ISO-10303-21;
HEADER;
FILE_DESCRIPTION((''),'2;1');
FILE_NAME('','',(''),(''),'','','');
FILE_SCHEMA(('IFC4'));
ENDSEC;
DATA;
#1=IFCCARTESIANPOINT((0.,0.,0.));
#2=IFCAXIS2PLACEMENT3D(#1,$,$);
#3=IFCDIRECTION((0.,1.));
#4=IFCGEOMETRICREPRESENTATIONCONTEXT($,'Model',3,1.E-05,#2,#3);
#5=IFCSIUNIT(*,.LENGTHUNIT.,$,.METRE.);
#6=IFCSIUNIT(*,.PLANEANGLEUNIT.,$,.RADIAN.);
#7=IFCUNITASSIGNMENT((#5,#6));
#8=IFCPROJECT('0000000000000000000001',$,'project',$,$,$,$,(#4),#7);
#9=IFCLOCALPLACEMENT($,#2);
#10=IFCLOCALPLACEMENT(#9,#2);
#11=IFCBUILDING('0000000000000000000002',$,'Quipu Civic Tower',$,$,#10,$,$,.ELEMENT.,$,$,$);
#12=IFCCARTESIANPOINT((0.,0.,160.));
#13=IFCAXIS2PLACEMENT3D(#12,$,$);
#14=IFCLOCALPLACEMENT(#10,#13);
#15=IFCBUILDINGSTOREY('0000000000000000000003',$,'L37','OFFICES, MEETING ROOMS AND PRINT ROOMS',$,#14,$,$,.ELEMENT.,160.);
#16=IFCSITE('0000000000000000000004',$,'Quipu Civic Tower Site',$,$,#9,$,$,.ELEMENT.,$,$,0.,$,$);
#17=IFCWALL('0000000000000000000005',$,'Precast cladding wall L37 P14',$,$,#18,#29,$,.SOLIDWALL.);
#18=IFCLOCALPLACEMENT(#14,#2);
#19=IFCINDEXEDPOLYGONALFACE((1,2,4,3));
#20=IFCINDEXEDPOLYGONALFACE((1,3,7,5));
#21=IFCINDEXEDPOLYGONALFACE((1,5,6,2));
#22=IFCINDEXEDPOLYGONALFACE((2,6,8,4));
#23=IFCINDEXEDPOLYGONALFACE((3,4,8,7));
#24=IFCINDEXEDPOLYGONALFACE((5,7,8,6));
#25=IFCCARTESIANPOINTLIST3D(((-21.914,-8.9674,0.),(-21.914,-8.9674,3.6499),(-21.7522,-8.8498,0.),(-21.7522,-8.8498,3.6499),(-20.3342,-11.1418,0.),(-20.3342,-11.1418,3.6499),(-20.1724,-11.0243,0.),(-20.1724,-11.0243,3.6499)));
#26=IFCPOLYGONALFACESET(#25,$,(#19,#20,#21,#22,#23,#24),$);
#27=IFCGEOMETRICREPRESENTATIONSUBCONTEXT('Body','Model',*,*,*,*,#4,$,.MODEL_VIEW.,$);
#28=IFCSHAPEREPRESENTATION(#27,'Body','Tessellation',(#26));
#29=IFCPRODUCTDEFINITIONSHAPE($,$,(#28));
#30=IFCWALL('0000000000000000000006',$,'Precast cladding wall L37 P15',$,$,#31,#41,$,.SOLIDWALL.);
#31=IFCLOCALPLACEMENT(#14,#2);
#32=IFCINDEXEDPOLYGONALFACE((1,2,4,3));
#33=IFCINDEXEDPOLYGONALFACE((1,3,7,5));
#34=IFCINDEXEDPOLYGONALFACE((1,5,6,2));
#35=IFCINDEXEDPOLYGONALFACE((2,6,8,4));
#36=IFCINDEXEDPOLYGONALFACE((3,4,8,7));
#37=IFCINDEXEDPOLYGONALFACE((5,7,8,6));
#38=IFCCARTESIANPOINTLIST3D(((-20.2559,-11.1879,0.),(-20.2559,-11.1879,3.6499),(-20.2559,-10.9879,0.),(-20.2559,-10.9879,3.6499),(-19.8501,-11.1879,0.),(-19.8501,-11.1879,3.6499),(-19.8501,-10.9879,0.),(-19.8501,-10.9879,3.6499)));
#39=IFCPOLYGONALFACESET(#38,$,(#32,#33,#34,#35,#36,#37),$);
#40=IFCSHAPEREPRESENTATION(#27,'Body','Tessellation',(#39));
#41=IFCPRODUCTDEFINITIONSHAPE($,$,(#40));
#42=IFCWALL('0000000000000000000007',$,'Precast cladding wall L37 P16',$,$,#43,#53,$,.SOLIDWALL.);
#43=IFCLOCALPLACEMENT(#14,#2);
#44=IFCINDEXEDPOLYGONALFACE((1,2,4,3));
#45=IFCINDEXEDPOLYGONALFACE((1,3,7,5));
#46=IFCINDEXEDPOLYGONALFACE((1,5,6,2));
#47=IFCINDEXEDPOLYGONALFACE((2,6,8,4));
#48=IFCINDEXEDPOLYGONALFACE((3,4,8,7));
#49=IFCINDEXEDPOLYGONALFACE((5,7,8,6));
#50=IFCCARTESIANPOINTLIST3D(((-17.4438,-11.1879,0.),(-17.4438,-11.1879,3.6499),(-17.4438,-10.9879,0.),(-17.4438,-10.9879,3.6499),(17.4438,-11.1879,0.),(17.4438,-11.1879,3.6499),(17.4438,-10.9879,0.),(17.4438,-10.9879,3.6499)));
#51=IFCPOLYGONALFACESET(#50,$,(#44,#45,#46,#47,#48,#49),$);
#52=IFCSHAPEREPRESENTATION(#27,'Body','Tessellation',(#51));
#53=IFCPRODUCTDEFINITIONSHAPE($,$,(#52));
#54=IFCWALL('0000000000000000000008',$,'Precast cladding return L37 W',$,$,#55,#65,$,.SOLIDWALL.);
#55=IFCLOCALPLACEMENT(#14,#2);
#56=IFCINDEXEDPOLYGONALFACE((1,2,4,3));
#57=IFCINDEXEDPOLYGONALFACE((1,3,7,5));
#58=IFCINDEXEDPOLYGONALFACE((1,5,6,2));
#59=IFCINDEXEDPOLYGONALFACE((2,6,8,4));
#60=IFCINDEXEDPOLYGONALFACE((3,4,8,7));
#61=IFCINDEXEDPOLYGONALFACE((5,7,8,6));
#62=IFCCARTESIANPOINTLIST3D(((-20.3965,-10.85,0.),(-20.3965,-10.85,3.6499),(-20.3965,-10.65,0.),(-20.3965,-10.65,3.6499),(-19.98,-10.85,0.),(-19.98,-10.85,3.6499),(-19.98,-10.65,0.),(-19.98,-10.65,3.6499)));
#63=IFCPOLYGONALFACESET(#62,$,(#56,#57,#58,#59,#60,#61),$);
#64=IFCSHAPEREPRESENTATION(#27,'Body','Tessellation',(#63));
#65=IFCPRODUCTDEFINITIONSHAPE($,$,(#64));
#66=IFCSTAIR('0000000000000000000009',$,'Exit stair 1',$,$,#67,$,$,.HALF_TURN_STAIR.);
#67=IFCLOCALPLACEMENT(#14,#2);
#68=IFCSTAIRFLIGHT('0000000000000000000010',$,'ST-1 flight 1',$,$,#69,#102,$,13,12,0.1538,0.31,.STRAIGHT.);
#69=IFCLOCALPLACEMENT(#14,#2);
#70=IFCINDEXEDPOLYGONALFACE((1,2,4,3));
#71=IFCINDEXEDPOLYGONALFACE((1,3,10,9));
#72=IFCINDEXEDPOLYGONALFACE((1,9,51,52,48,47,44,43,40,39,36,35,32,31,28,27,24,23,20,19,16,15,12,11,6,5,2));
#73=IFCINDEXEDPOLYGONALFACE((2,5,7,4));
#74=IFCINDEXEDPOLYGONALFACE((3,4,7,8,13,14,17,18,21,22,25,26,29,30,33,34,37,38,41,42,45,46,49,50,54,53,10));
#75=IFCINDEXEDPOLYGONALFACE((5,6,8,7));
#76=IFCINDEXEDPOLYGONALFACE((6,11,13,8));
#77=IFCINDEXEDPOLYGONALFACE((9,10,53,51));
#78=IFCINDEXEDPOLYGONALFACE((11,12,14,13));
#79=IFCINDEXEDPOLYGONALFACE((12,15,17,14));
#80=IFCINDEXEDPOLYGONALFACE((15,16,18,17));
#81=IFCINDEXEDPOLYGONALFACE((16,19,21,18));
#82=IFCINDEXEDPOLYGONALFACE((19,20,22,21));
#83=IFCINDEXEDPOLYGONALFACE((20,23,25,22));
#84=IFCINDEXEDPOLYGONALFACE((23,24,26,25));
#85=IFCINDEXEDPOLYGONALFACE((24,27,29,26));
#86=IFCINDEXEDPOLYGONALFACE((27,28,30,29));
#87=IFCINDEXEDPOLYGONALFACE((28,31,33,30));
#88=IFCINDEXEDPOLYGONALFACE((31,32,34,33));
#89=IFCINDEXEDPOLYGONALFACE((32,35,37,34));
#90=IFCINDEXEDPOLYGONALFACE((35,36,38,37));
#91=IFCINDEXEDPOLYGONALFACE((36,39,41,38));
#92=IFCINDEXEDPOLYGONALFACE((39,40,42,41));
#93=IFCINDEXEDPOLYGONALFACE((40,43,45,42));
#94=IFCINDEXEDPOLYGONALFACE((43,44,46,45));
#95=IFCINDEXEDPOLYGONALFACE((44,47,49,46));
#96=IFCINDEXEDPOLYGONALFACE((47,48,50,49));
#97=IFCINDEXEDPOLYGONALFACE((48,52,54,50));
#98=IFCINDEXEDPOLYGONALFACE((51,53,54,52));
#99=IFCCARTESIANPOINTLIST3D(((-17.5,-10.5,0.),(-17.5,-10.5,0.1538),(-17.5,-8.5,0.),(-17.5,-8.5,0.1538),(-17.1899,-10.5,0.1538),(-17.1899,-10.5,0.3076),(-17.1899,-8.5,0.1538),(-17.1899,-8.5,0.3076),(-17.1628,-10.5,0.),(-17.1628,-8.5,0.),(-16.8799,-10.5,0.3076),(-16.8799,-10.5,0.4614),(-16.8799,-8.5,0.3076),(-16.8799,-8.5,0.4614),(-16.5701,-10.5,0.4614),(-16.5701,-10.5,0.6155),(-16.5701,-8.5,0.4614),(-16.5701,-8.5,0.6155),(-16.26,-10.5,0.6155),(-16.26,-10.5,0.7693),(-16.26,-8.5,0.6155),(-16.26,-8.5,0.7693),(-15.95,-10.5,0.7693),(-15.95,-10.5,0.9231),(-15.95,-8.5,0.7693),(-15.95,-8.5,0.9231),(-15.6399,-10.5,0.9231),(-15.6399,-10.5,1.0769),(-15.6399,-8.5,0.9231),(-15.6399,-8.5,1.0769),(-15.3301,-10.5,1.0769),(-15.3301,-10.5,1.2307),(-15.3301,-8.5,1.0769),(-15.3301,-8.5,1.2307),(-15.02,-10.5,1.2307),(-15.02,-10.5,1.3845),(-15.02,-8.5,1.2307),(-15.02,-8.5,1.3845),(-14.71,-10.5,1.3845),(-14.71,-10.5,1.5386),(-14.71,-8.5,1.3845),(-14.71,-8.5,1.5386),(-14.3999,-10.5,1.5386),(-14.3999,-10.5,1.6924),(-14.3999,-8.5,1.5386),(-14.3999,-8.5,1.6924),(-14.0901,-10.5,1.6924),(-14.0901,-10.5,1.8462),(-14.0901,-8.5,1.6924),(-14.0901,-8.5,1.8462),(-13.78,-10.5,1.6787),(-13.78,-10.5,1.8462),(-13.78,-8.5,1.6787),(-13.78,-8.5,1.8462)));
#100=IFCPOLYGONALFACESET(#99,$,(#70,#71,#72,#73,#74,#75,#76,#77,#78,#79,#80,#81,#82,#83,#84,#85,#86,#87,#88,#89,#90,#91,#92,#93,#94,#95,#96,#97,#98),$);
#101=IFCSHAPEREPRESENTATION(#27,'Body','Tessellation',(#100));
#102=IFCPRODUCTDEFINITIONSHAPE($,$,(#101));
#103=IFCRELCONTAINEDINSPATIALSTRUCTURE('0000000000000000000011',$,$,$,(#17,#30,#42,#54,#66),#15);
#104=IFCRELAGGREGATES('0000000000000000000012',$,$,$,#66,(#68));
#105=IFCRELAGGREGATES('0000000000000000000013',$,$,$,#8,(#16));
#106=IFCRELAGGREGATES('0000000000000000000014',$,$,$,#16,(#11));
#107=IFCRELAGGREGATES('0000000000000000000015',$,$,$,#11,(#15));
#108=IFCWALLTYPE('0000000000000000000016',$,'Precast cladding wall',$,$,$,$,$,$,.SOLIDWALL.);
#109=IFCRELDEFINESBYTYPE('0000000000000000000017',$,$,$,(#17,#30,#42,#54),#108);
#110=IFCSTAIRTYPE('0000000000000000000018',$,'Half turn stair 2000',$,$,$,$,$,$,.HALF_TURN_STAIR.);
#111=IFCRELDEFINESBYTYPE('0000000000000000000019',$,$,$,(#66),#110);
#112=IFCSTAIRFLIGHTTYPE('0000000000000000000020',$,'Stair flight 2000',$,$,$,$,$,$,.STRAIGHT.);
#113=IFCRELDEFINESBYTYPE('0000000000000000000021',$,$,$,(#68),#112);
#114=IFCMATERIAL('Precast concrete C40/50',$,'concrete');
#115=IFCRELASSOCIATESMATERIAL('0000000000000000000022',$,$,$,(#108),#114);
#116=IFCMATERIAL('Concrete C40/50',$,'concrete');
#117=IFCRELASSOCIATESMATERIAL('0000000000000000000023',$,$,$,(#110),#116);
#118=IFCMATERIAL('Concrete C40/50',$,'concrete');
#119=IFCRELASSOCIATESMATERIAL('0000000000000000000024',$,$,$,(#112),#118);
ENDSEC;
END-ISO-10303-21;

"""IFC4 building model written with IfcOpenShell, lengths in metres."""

from ifc_helpers import new_model, si_unit, direction, frame, frame_2d, origin, place, context, subcontext, project, spatial, polyline, rectangle, outline, extrude, material, type_object, element, aggregate, save


model = new_model("IFC4")

# Units and contexts
model_context = context("Model", 3, precision=1e-05, world=origin(), true_north=direction((0.0, 1.0)))
body_context = subcontext(model_context, "Body", "Model", "MODEL_VIEW")
ifc_project = project(units=[si_unit("LENGTHUNIT", "METRE"), si_unit("PLANEANGLEUNIT", "RADIAN")], contexts=[model_context])

# Site, building, storey
site_placement = place(None, origin())
site = spatial("IfcSite", under=ifc_project, at=site_placement, Name="Quipu Civic Tower Site", CompositionType="ELEMENT", RefElevation=0.0)
building_placement = place(site_placement, origin())
building = spatial("IfcBuilding", under=site, at=building_placement, Name="Quipu Civic Tower", CompositionType="ELEMENT")
storey_placement = place(building_placement, frame((0.0, 0.0, 160.0)))
storey = spatial("IfcBuildingStorey", under=building, at=storey_placement, Name="L37", Description="OFFICES, MEETING ROOMS AND PRINT ROOMS", CompositionType="ELEMENT", Elevation=160.0)

# Walls
ifc_material_1 = material(Name="Precast concrete C40/50", Category="concrete")
wall_type_1 = type_object("IfcWallType", Name="Precast cladding wall", PredefinedType="SOLIDWALL", material=ifc_material_1)
wall_1_placement = place(storey_placement, frame((-21.833, -8.9087, 0.0), z_axis=(0.0, 0.0, 1.0), x_axis=(0.587767, -0.809031, 0.0)))
element("IfcWall", 1, at=wall_1_placement, inside=storey, type_object=wall_type_1, Name="Precast cladding wall L37 P14", PredefinedType="SOLIDWALL", context=body_context, shape_type="SweptSolid", body=[
    extrude(rectangle(XDim=2.6877, YDim=0.2, at=frame_2d((1.3438, 0.0))), origin(), (0.0, 0.0, 1.0), 3.6499),
])
wall_2_placement = place(storey_placement, frame((-20.2559, -11.0879, 0.0), z_axis=(0.0, 0.0, 1.0), x_axis=(1.0, 0.0, 0.0)))
element("IfcWall", 2, at=wall_2_placement, inside=storey, type_object=wall_type_1, Name="Precast cladding wall L37 P15", PredefinedType="SOLIDWALL", context=body_context, shape_type="SweptSolid", body=[
    extrude(rectangle(XDim=0.4058, YDim=0.2, at=frame_2d((0.2029, 0.0))), origin(), (0.0, 0.0, 1.0), 3.6499),
])
wall_3_placement = place(storey_placement, frame((-17.4438, -11.0879, 0.0), z_axis=(0.0, 0.0, 1.0), x_axis=(1.0, 0.0, 0.0)))
element("IfcWall", 3, at=wall_3_placement, inside=storey, type_object=wall_type_1, Name="Precast cladding wall L37 P16", PredefinedType="SOLIDWALL", context=body_context, shape_type="SweptSolid", body=[
    extrude(rectangle(XDim=34.8877, YDim=0.2, at=frame_2d((17.4438, 0.0))), origin(), (0.0, 0.0, 1.0), 3.6499),
])
wall_4_placement = place(storey_placement, frame((-19.98, -10.75, 0.0), z_axis=(0.0, 0.0, 1.0), x_axis=(-1.0, 0.0, 0.0)))
element("IfcWall", 4, at=wall_4_placement, inside=storey, type_object=wall_type_1, Name="Precast cladding return L37 W", PredefinedType="SOLIDWALL", context=body_context, shape_type="SweptSolid", body=[
    extrude(rectangle(XDim=0.4165, YDim=0.2, at=frame_2d((0.2083, 0.0))), origin(), (0.0, 0.0, 1.0), 3.6499),
])

# Stair, stair flight
ifc_material_2 = material(Name="Concrete C40/50", Category="concrete")
stair_type = type_object("IfcStairType", Name="Half turn stair 2000", PredefinedType="HALF_TURN_STAIR", material=ifc_material_2)
stair_placement = place(storey_placement, origin())
stair = element("IfcStair", 5, at=stair_placement, inside=storey, type_object=stair_type, Name="Exit stair 1", PredefinedType="HALF_TURN_STAIR")
ifc_material_3 = material(Name="Concrete C40/50", Category="concrete")
stair_flight_type = type_object("IfcStairFlightType", Name="Stair flight 2000", PredefinedType="STRAIGHT", material=ifc_material_3)
stair_flight_placement = place(storey_placement, frame((-17.5, -9.5, 0.0), z_axis=(0.0, 0.0, 1.0), x_axis=(1.0, 0.0, 0.0)))
stair_flight = element("IfcStairFlight", 6, at=stair_flight_placement, type_object=stair_flight_type, Name="ST-1 flight 1", NumberOfRisers=13, NumberOfTreads=12, PredefinedType="STRAIGHT", RiserHeight=0.1538, TreadLength=0.31, context=body_context, shape_type="SweptSolid", body=[
    extrude(outline(polyline([(0.0, 0.0), (0.0, 0.1538), (0.3101, 0.1538), (0.3101, 0.3076), (0.6201, 0.3076), (0.6201, 0.4614), (0.9299, 0.4614), (0.9299, 0.6155), (1.24, 0.6155), (1.24, 0.7693), (1.55, 0.7693), (1.55, 0.9231), (1.8601, 0.9231), (1.8601, 1.0769), (2.1699, 1.0769), (2.1699, 1.2307), (2.48, 1.2307), (2.48, 1.3845), (2.79, 1.3845), (2.79, 1.5386), (3.1001, 1.5386), (3.1001, 1.6924), (3.4099, 1.6924), (3.4099, 1.8462), (3.72, 1.8462), (3.72, 2.0), (3.72, 1.6787), (0.3372, 0.0), (0.0, 0.0)])), frame((0.0, 1.0, 0.0), z_axis=(0.0, -1.0, 0.0), x_axis=(1.0, 0.0, 0.0)), (0.0, 0.0, 1.0), 2.0),
])
aggregate(stair, [stair_flight])

save(model, "model.ifc")
